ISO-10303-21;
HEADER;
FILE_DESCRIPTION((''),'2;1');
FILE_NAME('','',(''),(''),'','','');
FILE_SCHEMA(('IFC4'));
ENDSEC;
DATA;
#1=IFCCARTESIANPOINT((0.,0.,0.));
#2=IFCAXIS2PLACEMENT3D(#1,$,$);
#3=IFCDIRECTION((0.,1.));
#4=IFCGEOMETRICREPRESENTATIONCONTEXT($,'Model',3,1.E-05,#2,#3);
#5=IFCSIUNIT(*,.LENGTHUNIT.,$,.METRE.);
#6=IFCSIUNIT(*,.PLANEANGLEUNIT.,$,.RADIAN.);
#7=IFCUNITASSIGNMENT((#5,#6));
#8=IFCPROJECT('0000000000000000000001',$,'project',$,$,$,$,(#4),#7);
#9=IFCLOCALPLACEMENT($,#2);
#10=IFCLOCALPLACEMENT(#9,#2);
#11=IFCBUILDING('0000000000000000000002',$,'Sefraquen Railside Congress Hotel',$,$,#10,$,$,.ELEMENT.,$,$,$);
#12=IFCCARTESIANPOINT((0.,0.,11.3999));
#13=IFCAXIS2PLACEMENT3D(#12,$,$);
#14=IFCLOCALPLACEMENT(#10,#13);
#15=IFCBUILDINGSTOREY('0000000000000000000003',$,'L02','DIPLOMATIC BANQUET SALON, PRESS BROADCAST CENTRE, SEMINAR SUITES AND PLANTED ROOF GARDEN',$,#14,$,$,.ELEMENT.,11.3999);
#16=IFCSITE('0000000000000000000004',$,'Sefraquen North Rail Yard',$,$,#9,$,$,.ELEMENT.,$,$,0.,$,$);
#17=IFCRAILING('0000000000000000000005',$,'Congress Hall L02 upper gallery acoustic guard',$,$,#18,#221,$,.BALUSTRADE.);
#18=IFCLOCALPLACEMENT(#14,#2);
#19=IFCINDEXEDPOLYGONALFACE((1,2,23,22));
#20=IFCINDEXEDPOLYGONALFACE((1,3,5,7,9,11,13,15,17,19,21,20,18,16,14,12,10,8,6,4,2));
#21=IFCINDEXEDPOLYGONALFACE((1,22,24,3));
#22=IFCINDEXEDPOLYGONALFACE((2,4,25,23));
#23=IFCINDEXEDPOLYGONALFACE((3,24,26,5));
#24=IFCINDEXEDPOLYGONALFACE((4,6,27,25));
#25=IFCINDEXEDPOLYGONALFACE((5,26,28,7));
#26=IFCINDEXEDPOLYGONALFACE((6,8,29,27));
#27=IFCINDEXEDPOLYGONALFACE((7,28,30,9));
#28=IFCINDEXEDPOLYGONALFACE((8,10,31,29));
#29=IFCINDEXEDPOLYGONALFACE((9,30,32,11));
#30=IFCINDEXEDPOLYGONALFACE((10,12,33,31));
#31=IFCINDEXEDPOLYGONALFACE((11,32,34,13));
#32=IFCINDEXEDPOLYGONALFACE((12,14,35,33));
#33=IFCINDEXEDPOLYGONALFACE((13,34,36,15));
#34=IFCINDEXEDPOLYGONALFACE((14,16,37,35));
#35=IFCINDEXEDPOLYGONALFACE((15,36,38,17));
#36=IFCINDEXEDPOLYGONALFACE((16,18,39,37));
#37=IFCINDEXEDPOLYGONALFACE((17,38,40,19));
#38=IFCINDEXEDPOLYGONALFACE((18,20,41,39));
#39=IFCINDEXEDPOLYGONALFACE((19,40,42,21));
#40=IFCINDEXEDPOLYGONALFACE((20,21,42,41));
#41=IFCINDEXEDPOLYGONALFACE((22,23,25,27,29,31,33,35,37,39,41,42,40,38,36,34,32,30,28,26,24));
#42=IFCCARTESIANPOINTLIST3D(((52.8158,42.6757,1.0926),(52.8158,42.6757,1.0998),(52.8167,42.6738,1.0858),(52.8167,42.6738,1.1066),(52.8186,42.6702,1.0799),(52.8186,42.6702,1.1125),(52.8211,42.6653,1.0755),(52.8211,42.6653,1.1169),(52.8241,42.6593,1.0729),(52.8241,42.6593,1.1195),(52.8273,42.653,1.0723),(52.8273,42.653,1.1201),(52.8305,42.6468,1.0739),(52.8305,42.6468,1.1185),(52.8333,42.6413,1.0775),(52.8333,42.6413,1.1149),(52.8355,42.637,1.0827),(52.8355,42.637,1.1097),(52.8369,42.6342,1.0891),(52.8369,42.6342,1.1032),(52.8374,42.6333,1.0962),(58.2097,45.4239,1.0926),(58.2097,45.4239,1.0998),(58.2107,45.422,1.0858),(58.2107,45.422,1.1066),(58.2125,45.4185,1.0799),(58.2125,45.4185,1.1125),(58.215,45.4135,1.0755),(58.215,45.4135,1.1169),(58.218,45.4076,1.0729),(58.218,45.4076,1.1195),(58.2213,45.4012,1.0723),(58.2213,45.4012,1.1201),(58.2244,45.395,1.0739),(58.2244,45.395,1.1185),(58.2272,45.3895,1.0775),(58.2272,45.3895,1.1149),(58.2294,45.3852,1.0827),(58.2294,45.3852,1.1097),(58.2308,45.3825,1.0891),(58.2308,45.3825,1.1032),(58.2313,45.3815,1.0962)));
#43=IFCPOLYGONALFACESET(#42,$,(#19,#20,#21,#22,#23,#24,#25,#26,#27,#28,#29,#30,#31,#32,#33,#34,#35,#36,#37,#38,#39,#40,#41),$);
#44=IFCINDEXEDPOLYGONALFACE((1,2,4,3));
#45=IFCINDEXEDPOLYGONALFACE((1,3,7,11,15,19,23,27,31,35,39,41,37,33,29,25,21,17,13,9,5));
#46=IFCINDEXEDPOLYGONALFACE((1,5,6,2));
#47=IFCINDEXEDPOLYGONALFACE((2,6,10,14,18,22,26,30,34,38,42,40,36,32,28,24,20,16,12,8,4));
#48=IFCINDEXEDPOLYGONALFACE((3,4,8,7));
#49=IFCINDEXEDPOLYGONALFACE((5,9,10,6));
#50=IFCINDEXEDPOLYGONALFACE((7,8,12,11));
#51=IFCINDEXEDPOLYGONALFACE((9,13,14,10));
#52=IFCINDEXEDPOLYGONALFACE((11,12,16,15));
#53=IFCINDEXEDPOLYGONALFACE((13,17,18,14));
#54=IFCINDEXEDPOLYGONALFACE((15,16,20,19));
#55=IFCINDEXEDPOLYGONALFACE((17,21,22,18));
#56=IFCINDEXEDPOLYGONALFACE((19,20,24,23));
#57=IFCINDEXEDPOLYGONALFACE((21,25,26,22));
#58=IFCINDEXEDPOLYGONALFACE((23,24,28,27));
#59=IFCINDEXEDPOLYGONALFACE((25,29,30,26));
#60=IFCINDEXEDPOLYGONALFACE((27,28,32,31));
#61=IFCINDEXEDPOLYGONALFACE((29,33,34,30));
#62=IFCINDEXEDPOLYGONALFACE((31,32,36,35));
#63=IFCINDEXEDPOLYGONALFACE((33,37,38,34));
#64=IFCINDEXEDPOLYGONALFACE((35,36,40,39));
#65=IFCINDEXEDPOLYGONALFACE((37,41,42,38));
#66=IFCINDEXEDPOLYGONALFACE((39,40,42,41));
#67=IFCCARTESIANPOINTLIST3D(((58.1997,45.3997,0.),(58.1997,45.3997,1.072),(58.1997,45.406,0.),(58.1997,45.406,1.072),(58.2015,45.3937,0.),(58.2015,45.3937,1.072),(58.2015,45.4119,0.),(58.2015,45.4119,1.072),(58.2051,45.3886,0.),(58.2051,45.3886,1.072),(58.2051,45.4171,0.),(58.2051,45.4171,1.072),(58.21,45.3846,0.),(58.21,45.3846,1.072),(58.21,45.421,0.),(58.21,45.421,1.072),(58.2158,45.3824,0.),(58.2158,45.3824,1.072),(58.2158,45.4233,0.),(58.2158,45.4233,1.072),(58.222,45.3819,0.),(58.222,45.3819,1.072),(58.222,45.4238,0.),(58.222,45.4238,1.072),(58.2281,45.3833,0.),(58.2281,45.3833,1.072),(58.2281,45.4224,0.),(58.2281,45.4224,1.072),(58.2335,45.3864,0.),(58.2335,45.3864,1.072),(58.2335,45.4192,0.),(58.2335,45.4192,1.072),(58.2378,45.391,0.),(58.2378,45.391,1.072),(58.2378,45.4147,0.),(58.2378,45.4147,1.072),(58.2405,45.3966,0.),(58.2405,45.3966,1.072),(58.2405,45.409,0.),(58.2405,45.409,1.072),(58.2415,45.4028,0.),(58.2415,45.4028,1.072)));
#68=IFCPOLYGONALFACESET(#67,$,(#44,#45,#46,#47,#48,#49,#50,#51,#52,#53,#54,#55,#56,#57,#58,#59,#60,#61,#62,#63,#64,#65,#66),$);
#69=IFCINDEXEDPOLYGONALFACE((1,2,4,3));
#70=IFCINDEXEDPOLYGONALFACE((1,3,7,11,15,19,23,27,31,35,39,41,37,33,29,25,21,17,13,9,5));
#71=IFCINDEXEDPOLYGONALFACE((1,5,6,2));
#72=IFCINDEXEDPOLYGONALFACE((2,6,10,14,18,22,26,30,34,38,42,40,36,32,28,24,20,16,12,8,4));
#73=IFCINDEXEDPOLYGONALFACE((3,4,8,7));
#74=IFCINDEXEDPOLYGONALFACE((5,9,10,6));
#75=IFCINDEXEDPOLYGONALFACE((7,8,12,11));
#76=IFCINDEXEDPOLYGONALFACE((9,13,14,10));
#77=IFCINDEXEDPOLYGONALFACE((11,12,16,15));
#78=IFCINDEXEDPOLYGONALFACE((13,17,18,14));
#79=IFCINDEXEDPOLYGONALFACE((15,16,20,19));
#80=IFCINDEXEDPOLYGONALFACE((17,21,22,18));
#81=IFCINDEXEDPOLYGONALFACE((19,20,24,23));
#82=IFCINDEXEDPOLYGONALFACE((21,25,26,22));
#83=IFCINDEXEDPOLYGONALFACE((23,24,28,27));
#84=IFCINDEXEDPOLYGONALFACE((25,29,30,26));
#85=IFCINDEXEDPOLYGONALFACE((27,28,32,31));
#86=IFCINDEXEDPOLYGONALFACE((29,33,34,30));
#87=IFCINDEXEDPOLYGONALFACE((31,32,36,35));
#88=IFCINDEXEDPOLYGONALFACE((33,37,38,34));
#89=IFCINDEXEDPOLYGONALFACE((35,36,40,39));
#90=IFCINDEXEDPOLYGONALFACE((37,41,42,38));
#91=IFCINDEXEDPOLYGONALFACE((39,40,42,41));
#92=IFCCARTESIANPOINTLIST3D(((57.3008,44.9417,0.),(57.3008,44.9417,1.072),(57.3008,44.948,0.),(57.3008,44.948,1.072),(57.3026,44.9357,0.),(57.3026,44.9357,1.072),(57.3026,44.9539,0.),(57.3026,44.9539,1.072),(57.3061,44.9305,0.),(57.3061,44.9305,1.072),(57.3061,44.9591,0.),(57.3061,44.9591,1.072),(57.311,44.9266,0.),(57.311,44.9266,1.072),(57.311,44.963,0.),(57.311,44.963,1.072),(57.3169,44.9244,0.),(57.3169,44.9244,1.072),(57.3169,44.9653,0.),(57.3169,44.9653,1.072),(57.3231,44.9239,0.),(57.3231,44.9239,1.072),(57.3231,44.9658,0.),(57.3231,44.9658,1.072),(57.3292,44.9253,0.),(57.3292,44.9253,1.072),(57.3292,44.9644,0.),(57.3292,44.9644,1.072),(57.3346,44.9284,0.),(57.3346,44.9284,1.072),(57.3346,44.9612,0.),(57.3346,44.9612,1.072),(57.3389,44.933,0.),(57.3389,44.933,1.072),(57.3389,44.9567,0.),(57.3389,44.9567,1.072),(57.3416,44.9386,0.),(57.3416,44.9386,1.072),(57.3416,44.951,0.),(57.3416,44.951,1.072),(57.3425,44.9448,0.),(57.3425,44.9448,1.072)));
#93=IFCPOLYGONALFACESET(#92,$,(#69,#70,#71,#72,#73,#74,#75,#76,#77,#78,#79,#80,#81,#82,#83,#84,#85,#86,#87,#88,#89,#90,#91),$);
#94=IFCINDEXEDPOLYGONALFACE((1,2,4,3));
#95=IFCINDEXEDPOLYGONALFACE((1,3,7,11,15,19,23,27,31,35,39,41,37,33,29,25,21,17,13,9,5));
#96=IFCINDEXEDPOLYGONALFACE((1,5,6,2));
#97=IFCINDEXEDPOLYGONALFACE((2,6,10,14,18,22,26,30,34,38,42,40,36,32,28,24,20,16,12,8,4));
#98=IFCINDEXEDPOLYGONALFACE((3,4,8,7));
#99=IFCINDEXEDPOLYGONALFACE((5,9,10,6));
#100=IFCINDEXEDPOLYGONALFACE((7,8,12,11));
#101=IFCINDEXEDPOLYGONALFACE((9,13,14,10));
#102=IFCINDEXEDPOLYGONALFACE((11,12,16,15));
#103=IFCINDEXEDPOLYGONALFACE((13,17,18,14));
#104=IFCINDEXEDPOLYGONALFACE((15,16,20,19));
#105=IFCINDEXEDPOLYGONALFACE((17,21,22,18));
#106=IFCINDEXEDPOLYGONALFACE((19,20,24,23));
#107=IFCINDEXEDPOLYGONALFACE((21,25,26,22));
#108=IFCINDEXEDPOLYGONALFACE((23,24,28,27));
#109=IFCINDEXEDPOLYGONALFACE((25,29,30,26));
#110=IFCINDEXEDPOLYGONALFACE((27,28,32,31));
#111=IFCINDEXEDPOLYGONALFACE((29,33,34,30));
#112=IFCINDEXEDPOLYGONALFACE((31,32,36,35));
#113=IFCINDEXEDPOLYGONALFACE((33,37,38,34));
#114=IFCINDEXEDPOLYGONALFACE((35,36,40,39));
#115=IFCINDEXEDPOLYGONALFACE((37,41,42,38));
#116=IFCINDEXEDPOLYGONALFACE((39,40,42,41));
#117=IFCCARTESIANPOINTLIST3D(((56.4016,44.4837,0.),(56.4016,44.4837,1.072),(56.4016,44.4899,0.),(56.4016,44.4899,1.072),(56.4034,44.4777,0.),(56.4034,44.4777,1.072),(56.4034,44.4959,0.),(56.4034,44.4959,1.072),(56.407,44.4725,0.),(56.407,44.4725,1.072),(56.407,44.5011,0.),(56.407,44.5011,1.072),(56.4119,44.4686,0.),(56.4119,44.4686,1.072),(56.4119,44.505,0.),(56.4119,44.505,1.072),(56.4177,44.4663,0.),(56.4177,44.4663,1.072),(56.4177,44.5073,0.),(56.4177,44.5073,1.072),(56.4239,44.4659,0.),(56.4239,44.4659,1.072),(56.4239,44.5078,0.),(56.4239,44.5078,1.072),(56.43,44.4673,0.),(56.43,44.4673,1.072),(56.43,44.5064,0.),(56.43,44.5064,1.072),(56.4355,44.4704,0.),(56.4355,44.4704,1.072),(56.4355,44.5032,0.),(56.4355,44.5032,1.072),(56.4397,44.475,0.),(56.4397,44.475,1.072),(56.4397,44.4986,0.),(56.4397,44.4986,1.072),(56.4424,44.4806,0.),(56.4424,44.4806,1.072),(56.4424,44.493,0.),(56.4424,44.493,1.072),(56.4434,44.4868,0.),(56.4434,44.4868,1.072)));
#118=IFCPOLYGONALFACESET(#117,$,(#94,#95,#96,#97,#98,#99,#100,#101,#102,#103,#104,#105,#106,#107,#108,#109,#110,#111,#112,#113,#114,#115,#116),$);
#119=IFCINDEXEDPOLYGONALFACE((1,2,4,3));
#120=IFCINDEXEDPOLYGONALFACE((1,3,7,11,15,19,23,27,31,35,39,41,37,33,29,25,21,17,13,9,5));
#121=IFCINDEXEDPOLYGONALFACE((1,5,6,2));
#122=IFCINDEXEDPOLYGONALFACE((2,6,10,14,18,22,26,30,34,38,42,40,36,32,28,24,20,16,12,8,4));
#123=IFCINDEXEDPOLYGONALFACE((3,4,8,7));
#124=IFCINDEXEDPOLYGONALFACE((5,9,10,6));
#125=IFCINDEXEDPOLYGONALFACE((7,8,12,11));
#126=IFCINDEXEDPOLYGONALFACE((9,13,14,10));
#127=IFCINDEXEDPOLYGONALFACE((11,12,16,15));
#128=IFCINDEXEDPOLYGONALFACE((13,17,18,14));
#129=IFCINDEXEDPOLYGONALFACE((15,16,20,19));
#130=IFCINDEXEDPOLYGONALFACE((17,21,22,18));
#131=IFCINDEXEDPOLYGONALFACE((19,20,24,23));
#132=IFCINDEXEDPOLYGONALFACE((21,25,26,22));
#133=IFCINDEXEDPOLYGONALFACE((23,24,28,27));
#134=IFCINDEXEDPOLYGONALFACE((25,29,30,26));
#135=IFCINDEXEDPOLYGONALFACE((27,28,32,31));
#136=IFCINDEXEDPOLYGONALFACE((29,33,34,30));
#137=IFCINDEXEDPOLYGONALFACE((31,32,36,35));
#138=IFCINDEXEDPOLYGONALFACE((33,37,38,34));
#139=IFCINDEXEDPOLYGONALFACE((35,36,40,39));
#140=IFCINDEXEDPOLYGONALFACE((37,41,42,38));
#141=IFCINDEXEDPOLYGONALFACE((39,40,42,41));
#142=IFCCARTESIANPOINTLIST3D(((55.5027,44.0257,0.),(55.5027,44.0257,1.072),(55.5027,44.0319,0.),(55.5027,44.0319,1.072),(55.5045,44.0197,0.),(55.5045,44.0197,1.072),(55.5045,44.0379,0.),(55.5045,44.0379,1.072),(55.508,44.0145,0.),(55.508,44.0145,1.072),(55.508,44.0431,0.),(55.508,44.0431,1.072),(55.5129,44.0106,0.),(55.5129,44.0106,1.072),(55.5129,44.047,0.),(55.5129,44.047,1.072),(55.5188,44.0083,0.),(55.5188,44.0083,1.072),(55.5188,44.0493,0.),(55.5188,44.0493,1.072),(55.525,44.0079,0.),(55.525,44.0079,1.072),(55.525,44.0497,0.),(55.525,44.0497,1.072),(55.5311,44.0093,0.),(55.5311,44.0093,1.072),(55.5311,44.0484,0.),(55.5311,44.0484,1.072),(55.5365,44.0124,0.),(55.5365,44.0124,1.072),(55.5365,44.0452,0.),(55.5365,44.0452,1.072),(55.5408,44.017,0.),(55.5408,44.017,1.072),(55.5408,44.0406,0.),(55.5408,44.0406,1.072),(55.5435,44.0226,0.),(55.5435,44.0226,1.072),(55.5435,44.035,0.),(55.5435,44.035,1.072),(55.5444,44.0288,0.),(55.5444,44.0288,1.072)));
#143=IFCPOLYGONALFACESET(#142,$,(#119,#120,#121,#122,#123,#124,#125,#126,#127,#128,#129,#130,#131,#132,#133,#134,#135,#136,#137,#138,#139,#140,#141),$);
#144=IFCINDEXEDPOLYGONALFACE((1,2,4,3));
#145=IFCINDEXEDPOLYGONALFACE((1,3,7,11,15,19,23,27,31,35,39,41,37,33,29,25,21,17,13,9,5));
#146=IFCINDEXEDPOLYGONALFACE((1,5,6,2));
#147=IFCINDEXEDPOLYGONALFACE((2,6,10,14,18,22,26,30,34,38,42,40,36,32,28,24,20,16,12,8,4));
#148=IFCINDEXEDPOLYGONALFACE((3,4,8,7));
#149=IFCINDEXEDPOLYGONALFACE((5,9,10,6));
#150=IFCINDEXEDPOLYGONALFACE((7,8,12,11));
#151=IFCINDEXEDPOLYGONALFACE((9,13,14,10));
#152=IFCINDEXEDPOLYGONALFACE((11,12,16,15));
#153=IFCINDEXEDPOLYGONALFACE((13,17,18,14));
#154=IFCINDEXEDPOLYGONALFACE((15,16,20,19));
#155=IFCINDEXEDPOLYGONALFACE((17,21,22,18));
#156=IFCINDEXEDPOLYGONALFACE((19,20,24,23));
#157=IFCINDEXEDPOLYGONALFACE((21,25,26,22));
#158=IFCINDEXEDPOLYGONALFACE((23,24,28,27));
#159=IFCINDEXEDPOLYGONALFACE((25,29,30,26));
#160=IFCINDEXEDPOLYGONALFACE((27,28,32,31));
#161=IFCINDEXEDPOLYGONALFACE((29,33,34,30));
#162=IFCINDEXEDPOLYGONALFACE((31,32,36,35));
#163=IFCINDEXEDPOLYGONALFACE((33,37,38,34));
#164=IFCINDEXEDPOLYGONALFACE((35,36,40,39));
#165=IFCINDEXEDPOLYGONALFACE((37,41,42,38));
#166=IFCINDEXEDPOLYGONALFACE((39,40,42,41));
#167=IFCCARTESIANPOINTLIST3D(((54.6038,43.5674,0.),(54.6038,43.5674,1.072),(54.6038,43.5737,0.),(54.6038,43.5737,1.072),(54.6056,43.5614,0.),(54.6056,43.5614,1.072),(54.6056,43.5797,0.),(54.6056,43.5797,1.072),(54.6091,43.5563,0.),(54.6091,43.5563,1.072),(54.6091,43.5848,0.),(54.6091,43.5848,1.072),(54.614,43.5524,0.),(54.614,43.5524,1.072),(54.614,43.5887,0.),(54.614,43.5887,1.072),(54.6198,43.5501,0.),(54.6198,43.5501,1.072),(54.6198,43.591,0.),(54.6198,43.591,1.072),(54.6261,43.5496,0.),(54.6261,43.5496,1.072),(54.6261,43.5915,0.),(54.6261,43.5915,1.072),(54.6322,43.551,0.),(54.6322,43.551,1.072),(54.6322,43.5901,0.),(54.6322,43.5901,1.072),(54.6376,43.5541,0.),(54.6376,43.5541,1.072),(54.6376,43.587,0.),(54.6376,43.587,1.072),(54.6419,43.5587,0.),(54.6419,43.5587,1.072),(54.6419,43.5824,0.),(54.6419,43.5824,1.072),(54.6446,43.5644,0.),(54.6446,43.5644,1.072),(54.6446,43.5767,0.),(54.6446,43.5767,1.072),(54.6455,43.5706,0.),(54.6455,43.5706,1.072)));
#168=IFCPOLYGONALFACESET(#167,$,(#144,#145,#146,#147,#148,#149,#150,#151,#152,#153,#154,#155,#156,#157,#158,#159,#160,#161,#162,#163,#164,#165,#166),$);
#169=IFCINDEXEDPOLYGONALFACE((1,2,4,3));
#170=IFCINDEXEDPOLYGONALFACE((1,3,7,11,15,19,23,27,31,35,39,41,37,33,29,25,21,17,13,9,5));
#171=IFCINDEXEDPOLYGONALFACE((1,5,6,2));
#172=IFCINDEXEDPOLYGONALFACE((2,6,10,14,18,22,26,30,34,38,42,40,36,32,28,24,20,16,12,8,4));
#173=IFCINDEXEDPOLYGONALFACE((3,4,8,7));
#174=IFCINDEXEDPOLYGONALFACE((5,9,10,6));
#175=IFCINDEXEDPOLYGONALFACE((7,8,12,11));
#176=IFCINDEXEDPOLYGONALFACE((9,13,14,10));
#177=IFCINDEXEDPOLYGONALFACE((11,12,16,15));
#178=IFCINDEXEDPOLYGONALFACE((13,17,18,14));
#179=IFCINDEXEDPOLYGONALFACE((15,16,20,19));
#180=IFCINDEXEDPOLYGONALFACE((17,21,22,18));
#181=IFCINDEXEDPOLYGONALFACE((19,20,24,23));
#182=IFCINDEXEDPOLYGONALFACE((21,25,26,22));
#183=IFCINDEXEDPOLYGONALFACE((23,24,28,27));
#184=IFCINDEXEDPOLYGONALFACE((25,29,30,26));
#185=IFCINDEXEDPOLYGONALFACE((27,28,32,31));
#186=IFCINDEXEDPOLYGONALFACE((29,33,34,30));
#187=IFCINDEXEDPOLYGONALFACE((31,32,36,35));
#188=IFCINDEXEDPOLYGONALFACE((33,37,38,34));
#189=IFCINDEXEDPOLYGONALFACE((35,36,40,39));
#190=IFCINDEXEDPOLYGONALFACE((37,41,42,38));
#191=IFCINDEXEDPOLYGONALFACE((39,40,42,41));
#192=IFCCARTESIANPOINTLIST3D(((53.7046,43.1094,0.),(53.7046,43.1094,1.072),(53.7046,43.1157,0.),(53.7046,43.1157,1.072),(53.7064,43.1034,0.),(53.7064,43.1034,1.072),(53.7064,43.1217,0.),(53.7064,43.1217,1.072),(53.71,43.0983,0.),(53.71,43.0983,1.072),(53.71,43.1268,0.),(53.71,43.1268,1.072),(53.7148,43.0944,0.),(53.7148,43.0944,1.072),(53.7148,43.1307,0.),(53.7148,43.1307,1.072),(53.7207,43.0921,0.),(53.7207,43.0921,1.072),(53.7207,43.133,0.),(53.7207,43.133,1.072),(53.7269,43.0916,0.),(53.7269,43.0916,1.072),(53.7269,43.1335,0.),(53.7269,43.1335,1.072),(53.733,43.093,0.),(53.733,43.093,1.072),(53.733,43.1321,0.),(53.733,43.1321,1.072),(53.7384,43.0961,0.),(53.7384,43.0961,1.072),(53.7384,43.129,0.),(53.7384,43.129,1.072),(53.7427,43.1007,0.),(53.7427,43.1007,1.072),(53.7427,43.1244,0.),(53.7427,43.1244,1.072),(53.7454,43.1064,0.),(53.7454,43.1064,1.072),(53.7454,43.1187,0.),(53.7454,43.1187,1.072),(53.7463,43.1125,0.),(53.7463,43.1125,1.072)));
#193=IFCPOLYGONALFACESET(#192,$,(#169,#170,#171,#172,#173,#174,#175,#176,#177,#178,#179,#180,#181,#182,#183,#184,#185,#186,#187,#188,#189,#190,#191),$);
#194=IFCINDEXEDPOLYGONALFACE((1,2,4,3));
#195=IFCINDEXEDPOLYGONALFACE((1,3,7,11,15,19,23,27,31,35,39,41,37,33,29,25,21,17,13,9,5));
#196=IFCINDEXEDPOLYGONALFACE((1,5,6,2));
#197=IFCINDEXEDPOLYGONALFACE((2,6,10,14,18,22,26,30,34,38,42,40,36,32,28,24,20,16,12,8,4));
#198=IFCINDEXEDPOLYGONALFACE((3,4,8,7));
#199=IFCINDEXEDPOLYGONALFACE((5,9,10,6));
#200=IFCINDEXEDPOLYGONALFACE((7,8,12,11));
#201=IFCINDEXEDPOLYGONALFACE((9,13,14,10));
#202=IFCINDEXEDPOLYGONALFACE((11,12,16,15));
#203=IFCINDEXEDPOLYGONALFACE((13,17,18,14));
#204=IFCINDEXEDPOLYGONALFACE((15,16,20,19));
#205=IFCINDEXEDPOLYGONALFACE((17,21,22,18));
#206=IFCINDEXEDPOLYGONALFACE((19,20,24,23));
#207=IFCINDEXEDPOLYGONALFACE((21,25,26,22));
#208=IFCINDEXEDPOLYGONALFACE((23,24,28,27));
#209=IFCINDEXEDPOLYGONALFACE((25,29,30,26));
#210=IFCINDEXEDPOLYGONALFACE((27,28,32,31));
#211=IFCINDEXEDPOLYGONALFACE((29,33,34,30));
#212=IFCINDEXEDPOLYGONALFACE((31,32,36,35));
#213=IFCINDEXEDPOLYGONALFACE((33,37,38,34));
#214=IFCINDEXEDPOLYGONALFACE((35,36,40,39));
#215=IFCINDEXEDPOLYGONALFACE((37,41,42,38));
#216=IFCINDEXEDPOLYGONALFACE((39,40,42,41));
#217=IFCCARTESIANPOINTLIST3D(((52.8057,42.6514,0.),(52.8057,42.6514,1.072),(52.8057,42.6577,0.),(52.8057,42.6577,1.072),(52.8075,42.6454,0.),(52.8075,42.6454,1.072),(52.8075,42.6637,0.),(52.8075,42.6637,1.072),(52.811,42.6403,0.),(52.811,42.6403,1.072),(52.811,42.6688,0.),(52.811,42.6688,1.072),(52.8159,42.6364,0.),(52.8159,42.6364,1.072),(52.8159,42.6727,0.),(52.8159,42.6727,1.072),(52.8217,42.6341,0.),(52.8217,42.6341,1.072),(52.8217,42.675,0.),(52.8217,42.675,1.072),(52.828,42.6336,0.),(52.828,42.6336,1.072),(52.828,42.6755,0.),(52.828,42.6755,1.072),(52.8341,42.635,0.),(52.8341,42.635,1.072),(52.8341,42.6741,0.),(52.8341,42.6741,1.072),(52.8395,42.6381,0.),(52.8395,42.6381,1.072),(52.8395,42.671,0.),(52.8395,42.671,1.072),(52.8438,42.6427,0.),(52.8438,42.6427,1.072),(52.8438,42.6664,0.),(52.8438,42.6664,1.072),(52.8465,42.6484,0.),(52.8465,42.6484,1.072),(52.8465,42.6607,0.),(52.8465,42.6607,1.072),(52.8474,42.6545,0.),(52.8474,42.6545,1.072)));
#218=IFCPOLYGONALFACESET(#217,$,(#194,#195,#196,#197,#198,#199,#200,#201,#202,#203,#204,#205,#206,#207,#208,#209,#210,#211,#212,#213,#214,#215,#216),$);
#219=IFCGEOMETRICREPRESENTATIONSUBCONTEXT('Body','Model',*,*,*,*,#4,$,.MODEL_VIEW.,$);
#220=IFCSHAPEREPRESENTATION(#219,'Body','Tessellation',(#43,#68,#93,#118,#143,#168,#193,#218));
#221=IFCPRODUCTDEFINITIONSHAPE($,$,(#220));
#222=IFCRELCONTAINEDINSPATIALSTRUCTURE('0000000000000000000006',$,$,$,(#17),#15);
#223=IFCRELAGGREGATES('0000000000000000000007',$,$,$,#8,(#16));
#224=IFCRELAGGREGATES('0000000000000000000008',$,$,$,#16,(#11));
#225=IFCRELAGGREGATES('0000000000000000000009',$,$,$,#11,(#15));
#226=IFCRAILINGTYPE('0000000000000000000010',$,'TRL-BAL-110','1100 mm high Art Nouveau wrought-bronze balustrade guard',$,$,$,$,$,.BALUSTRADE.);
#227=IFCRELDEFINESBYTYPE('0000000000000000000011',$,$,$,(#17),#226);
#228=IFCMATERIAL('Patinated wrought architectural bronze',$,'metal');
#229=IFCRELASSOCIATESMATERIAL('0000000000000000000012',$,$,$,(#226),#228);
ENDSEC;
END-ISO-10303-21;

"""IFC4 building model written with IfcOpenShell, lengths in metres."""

from ifc_helpers import new_model, si_unit, direction, frame, origin, origin_2d, place, context, subcontext, project, spatial, circle, extrude, material, type_object, element, save


model = new_model("IFC4")

# Units and contexts
model_context = context("Model", 3, precision=1e-05, world=origin(), true_north=direction((0.0, 1.0)))
body_context = subcontext(model_context, "Body", "Model", "MODEL_VIEW")
ifc_project = project(units=[si_unit("LENGTHUNIT", "METRE"), si_unit("PLANEANGLEUNIT", "RADIAN")], contexts=[model_context])

# Site, building, storey
site_placement = place(None, origin())
site = spatial("IfcSite", under=ifc_project, at=site_placement, Name="Sefraquen North Rail Yard", CompositionType="ELEMENT", RefElevation=0.0)
building_placement = place(site_placement, origin())
building = spatial("IfcBuilding", under=site, at=building_placement, Name="Sefraquen Railside Congress Hotel", CompositionType="ELEMENT")
storey_placement = place(building_placement, frame((0.0, 0.0, 11.3999)))
storey = spatial("IfcBuildingStorey", under=building, at=storey_placement, Name="L02", Description="DIPLOMATIC BANQUET SALON, PRESS BROADCAST CENTRE, SEMINAR SUITES AND PLANTED ROOF GARDEN", CompositionType="ELEMENT", Elevation=11.3999)

# Railing
ifc_material_1 = material(Name="Patinated wrought architectural bronze", Category="metal")
railing_type = type_object("IfcRailingType", Name="TRL-BAL-110", Description="1100 mm high Art Nouveau wrought-bronze balustrade guard", PredefinedType="BALUSTRADE", material=ifc_material_1)
railing_1_placement = place(storey_placement, frame((58.2205, 45.4028, 0.0)))
element("IfcRailing", 1, at=railing_1_placement, inside=storey, type_object=railing_type, Name="Congress Hall L02 upper gallery acoustic guard", PredefinedType="BALUSTRADE", context=body_context, shape_type="SweptSolid", body=[
    extrude(circle(Radius=0.0239, at=origin_2d()), frame((0.0, 0.0, 1.0962), z_axis=(-0.891014, -0.453976, 0.0), x_axis=(0.453976, -0.891014, 0.0)), (0.0, 0.0, 1.0), 6.0537),
    extrude(circle(Radius=0.021, at=origin_2d()), origin(), (0.0, 0.0, 1.0), 1.072),
    extrude(circle(Radius=0.021, at=origin_2d()), frame((-0.8989, -0.458, 0.0)), (0.0, 0.0, 1.0), 1.072),
    extrude(circle(Radius=0.021, at=origin_2d()), frame((-1.7981, -0.916, 0.0)), (0.0, 0.0, 1.0), 1.072),
    extrude(circle(Radius=0.021, at=origin_2d()), frame((-2.697, -1.374, 0.0)), (0.0, 0.0, 1.0), 1.072),
    extrude(circle(Radius=0.021, at=origin_2d()), frame((-3.5959, -1.8323, 0.0)), (0.0, 0.0, 1.0), 1.072),
    extrude(circle(Radius=0.021, at=origin_2d()), frame((-4.4951, -2.2903, 0.0)), (0.0, 0.0, 1.0), 1.072),
    extrude(circle(Radius=0.021, at=origin_2d()), frame((-5.394, -2.7483, 0.0)), (0.0, 0.0, 1.0), 1.072),
])

save(model, "model.ifc")
